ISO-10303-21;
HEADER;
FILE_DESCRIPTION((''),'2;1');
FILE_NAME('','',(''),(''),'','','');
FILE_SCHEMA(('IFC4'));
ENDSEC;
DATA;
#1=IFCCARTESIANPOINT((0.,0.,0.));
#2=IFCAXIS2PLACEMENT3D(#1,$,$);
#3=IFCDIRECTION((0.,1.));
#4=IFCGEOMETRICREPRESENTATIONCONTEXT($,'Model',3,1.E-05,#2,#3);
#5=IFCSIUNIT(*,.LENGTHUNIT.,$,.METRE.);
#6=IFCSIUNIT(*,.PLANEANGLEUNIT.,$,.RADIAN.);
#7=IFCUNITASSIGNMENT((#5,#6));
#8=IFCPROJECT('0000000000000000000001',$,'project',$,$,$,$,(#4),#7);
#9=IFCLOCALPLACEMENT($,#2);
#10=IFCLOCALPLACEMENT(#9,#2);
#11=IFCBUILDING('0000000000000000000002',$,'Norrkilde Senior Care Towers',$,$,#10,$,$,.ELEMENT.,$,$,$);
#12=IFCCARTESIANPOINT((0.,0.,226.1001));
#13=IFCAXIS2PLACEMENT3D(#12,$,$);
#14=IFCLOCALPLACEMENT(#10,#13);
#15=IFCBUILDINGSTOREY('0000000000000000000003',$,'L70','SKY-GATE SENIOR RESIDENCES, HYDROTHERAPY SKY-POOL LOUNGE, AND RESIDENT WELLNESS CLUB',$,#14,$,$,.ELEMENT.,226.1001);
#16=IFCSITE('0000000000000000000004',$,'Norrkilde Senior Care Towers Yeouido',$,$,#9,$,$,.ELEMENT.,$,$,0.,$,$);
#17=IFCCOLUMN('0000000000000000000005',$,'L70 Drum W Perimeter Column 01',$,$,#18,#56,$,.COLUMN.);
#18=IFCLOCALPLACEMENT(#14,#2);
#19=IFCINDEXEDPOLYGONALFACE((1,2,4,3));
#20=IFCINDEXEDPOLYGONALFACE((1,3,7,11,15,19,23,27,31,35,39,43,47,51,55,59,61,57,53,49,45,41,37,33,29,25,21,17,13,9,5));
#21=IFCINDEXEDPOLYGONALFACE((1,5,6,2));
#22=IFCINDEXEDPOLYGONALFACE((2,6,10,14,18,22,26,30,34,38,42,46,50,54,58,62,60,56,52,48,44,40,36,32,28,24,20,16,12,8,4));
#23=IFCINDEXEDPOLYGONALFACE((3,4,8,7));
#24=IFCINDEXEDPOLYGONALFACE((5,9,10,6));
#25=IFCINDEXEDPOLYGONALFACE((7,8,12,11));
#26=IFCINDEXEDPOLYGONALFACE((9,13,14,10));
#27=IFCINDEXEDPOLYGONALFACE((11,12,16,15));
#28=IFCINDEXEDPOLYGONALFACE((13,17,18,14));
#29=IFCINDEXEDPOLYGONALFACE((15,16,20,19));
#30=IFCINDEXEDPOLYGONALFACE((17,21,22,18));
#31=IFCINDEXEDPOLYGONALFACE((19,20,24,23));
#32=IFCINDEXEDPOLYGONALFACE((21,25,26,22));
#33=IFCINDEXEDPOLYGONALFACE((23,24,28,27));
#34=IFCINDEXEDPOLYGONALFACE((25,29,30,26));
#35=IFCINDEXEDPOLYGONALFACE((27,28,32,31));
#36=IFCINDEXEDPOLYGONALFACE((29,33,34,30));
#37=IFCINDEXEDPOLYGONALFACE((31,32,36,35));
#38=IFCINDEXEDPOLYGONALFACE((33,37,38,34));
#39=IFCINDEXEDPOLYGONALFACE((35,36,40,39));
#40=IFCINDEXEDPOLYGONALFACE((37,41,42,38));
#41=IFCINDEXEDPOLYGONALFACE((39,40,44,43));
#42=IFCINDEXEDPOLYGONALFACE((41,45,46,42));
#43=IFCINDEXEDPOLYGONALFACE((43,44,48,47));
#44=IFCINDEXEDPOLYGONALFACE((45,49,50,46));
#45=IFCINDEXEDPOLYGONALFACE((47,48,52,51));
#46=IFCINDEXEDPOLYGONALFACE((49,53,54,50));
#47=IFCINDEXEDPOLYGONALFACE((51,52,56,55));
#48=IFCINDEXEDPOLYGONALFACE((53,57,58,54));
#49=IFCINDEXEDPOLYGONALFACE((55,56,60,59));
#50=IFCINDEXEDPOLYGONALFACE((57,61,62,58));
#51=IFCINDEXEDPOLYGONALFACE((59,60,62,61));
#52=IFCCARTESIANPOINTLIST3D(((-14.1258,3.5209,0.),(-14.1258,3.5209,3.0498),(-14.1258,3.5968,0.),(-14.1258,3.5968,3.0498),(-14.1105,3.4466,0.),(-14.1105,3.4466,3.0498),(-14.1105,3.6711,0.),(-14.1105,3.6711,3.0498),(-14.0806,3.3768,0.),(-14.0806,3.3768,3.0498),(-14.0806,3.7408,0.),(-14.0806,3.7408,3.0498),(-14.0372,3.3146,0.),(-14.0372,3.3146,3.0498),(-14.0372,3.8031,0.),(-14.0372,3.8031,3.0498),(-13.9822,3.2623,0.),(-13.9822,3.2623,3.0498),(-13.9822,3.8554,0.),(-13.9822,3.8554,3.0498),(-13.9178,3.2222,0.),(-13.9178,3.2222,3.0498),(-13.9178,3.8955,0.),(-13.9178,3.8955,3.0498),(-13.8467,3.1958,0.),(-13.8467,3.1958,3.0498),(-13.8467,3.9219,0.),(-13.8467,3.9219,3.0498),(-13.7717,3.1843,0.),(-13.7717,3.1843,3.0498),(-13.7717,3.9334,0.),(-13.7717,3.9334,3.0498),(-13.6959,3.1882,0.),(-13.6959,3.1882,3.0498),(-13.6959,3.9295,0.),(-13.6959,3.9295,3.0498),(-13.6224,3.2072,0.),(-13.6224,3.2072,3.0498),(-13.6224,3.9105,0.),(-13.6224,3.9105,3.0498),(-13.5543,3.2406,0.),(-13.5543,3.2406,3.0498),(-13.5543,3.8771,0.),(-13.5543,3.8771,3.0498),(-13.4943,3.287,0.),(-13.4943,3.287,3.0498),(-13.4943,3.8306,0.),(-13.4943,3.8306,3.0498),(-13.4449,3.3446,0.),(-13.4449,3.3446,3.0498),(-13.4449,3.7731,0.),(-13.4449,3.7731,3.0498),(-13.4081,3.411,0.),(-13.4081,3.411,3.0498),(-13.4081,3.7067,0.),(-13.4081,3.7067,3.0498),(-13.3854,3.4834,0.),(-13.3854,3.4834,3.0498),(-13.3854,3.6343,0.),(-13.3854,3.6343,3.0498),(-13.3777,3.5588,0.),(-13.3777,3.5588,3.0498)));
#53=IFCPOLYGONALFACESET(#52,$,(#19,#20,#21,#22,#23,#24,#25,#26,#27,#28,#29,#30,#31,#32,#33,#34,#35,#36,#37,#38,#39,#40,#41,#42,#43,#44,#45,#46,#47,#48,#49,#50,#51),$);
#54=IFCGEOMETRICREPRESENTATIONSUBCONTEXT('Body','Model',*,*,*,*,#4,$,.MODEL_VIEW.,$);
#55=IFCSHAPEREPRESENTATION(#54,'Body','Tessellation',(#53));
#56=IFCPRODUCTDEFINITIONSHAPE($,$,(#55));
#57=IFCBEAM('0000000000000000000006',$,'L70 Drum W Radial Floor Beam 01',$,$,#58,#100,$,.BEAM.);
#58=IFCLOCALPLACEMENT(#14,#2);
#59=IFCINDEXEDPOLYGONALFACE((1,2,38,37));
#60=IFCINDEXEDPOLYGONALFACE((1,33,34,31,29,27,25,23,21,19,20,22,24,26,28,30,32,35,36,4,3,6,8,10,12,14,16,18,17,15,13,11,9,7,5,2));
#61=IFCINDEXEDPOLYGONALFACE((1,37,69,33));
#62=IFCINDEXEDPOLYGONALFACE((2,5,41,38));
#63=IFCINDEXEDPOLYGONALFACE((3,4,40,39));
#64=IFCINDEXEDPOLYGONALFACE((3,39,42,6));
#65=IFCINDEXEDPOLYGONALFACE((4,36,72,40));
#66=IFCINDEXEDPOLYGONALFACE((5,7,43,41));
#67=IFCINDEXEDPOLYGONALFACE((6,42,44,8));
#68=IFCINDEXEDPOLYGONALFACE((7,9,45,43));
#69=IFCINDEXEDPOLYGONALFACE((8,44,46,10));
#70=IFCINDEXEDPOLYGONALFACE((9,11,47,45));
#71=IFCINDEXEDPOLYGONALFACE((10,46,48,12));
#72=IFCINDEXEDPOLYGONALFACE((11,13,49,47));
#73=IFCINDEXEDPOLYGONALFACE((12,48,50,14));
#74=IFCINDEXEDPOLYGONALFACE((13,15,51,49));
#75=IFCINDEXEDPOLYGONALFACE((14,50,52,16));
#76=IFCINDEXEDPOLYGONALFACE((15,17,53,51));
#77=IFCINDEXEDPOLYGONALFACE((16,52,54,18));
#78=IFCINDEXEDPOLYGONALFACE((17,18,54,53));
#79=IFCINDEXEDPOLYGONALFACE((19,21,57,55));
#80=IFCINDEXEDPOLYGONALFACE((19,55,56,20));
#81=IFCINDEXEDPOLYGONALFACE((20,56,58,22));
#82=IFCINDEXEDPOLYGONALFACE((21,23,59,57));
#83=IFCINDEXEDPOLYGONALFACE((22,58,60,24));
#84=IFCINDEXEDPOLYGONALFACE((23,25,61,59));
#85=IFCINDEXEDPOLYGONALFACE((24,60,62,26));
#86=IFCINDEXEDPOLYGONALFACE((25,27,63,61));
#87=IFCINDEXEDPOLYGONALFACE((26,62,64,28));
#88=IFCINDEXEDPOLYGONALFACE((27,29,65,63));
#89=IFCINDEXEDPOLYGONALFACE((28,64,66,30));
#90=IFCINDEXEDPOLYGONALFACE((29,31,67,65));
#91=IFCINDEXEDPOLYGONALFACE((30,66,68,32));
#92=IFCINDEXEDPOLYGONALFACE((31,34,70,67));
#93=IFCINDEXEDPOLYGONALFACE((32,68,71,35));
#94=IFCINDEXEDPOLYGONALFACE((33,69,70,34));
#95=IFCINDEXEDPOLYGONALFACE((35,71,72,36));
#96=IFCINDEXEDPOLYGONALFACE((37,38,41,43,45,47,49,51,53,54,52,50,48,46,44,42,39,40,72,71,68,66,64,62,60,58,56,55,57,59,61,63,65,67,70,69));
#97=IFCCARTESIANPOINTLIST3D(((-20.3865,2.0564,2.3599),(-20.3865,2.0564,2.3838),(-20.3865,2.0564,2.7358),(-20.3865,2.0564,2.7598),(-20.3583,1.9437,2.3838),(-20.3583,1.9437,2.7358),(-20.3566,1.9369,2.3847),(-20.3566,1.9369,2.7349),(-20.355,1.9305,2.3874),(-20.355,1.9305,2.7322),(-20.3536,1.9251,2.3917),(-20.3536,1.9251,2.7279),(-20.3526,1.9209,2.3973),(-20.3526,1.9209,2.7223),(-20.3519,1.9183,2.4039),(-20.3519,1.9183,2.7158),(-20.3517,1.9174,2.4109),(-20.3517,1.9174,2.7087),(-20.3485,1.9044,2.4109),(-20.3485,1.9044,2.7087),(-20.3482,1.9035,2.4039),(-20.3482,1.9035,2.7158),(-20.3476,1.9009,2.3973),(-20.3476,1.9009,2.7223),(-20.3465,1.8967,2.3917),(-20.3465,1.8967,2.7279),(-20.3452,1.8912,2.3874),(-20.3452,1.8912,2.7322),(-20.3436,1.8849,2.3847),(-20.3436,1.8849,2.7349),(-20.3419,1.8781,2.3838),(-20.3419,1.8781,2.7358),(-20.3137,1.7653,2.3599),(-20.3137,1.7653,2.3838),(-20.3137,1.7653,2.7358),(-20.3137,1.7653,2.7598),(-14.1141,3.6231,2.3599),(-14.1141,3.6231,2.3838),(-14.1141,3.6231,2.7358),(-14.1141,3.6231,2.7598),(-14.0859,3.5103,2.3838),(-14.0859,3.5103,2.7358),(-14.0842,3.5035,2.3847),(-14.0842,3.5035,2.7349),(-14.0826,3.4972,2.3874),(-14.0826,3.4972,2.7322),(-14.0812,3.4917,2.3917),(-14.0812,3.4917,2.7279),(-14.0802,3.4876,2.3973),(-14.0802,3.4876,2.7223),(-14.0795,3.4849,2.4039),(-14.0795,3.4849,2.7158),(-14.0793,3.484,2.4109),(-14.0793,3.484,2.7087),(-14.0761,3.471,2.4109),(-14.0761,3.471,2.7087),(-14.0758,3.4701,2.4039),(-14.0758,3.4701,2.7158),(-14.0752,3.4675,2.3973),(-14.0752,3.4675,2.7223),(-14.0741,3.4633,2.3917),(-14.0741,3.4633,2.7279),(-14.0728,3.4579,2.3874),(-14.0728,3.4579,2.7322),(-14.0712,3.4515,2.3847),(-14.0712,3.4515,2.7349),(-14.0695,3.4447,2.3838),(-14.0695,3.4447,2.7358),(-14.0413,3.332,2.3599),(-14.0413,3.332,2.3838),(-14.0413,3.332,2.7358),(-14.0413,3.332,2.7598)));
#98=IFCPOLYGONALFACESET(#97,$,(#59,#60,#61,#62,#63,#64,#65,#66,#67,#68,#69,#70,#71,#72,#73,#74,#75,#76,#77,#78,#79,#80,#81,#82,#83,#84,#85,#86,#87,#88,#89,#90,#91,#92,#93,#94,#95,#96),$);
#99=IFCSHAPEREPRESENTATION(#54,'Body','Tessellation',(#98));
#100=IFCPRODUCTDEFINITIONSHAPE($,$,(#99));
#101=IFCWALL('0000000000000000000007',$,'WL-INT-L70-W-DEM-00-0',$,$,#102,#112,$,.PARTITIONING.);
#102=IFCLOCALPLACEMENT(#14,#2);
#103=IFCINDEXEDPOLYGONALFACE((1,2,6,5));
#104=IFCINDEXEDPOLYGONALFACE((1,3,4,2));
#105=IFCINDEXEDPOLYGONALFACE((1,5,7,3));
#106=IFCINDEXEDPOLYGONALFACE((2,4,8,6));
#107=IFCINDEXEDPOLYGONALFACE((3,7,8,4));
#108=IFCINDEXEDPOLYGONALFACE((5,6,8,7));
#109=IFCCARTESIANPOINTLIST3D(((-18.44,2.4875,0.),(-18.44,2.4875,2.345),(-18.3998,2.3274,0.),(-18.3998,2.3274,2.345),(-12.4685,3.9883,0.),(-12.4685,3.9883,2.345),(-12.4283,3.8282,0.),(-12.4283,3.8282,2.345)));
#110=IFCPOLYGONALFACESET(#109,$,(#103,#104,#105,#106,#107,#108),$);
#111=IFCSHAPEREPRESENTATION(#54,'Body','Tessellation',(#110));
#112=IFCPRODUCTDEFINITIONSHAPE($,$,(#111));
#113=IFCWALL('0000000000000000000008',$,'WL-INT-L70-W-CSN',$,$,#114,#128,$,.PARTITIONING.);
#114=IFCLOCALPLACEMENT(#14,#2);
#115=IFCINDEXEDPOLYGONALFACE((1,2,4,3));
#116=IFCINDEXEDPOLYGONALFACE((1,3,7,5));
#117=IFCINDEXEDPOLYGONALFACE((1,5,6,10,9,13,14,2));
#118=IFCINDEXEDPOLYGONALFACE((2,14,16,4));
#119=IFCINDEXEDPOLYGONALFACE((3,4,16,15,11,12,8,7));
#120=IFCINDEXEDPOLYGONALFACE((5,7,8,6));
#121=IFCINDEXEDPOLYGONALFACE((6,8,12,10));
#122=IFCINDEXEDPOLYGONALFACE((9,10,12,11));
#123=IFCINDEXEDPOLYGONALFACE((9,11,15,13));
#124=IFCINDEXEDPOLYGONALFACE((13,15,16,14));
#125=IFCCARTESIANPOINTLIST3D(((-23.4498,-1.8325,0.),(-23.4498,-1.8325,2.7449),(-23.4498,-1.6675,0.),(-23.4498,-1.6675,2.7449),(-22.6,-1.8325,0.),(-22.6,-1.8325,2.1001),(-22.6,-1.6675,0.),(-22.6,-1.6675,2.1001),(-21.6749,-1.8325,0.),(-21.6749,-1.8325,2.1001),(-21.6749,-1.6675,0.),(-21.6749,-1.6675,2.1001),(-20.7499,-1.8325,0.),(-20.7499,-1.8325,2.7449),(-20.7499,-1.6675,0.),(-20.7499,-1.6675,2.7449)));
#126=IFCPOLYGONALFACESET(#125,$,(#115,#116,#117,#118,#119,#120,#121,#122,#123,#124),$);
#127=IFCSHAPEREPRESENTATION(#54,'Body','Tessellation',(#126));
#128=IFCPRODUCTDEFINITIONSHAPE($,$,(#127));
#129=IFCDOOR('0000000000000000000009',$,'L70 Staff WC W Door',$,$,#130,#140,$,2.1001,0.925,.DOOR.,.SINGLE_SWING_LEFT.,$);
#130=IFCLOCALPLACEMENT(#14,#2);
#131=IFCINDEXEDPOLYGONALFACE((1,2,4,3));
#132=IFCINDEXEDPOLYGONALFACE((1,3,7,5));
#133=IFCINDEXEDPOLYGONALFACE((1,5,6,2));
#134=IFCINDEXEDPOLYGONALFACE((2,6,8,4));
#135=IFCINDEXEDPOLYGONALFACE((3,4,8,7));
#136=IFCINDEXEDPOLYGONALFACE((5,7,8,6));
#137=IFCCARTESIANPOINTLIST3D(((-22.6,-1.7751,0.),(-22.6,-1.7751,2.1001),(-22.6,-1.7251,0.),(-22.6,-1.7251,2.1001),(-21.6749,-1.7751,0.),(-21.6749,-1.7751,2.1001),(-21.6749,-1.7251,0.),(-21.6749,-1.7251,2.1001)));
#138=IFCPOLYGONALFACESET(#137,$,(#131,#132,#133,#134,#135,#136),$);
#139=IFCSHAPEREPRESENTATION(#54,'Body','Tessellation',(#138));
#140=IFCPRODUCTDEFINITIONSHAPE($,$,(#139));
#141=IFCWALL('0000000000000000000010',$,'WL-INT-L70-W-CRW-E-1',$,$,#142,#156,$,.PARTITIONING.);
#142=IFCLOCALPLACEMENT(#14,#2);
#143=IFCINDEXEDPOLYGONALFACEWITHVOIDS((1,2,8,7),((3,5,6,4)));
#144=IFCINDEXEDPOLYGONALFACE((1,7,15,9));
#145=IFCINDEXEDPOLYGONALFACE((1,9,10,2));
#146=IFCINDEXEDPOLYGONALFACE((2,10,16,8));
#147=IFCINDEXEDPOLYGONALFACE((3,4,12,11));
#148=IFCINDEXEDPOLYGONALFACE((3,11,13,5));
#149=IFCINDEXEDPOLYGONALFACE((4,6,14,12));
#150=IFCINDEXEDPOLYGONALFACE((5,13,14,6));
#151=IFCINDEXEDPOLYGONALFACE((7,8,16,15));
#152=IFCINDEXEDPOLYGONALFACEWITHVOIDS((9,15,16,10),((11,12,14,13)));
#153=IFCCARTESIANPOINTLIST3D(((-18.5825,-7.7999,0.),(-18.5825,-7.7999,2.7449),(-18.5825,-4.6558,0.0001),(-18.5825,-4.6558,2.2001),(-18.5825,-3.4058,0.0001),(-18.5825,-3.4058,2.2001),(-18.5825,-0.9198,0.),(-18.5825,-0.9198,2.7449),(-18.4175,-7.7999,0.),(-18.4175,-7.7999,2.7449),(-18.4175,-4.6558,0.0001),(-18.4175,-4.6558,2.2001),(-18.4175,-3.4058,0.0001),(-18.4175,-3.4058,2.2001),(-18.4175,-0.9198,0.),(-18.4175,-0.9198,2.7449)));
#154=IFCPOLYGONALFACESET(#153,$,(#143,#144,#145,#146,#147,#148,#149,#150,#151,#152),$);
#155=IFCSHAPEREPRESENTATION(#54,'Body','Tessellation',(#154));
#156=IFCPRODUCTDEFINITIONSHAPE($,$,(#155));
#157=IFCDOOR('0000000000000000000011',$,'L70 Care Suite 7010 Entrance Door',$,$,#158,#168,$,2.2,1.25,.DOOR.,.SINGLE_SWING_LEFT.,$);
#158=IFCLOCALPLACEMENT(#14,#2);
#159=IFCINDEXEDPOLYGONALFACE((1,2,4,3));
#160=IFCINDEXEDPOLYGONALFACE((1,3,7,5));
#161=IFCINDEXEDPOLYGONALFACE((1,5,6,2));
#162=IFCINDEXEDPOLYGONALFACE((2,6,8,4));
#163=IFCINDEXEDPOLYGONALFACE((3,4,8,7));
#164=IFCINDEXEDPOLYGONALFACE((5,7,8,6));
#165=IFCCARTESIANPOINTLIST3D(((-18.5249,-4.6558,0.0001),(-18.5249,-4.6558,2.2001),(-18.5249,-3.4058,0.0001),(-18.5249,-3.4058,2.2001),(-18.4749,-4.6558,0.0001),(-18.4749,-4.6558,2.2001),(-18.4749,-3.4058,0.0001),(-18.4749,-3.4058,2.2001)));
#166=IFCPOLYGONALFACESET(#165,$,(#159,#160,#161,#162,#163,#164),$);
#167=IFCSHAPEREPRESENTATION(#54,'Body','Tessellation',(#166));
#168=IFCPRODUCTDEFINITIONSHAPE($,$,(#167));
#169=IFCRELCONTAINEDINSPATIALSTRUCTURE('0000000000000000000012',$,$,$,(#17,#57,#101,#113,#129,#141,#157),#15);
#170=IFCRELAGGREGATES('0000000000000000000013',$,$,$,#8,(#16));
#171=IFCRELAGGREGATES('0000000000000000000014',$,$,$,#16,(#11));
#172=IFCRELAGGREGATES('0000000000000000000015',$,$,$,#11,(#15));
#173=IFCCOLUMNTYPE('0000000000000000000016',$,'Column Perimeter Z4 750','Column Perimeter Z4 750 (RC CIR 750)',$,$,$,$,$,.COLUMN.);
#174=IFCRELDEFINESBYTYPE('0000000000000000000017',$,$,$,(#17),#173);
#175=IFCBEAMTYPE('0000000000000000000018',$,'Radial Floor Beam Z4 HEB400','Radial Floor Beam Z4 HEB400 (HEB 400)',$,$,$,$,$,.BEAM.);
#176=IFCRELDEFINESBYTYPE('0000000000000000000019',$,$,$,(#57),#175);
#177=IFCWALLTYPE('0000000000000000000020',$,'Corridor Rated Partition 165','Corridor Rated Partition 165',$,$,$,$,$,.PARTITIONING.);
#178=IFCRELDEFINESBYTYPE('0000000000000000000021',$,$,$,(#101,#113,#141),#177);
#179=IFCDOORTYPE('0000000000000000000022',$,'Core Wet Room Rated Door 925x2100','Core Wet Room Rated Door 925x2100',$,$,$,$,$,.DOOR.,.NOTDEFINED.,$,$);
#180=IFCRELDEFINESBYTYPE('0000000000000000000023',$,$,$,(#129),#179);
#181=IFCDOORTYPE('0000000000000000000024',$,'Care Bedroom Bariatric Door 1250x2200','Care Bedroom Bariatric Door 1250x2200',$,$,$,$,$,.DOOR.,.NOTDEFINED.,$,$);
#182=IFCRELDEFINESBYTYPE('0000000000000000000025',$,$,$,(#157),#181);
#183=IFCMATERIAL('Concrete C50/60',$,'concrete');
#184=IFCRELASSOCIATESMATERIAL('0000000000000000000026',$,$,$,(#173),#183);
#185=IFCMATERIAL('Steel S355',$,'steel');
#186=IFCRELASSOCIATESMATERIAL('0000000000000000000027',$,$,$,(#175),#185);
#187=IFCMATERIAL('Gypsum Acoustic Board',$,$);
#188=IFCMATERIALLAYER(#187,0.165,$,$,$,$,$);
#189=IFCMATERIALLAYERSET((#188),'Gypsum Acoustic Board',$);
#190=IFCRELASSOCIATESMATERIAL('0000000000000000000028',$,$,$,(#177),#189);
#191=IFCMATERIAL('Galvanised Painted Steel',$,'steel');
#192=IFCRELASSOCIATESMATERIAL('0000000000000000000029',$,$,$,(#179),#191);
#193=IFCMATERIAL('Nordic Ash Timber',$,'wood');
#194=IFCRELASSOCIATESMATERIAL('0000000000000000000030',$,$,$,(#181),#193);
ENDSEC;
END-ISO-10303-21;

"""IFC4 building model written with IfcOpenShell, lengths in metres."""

from ifc_helpers import new_model, si_unit, direction, frame, frame_2d, origin, origin_2d, place, context, subcontext, project, spatial, rectangle, circle, i_section, extrude, source, transform, mapped, material, layer, layer_set, material_profile, profile_set, type_object, type_shapes, element, fill, save


model = new_model("IFC4")

# Units and contexts
model_context = context("Model", 3, precision=1e-05, world=origin(), true_north=direction((0.0, 1.0)))
body_context = subcontext(model_context, "Body", "Model", "MODEL_VIEW")
ifc_project = project(units=[si_unit("LENGTHUNIT", "METRE"), si_unit("PLANEANGLEUNIT", "RADIAN")], contexts=[model_context])

# Site, building, storey
site_placement = place(None, origin())
site = spatial("IfcSite", under=ifc_project, at=site_placement, Name="Norrkilde Senior Care Towers Yeouido", CompositionType="ELEMENT", RefElevation=0.0)
building_placement = place(site_placement, origin())
building = spatial("IfcBuilding", under=site, at=building_placement, Name="Norrkilde Senior Care Towers", CompositionType="ELEMENT")
storey_placement = place(building_placement, frame((0.0, 0.0, 226.1001)))
storey = spatial("IfcBuildingStorey", under=building, at=storey_placement, Name="L70", Description="SKY-GATE SENIOR RESIDENCES, HYDROTHERAPY SKY-POOL LOUNGE, AND RESIDENT WELLNESS CLUB", CompositionType="ELEMENT", Elevation=226.1001)

# Column
ifc_material_1 = material(Name="Concrete C50/60", Category="concrete")
ifc_material_profile_1 = material_profile(ifc_material_1, circle(Radius=0.375, at=origin_2d()), Name="RC CIR 750")
ifc_profile_set_1 = profile_set([ifc_material_profile_1], Name="Concrete C50/60")
column_type = type_object("IfcColumnType", Name="Column Perimeter Z4 750", Description="Column Perimeter Z4 750 (RC CIR 750)", PredefinedType="COLUMN", material=ifc_profile_set_1)
shared_shape_1 = source(origin(), body_context, "Body", "SweptSolid", [
    extrude(circle(Radius=0.375, at=origin_2d()), origin(), (0.0, 0.0, 1.0), 3.0498),
])
type_shapes(column_type, [shared_shape_1])
column_placement = place(storey_placement, frame((-13.7527, 3.5588, 0.0), z_axis=(0.0, 0.0, 1.0), x_axis=(1.0, 0.0, 0.0)))
element("IfcColumn", 1, at=column_placement, inside=storey, type_object=column_type, Name="L70 Drum W Perimeter Column 01", PredefinedType="COLUMN", context=body_context, shape_type="MappedRepresentation", body=[
    mapped(shared_shape_1, transform((0.0, 0.0, 0.0), x_axis=(1.0, 0.0, 0.0), y_axis=(0.0, 1.0, 0.0), z_axis=(0.0, 0.0, 1.0), scale=1.0)),
])

# Beam
ifc_material_2 = material(Name="Steel S355", Category="steel")
ifc_material_profile_2 = material_profile(ifc_material_2, i_section(OverallWidth=0.3, OverallDepth=0.3999, WebThickness=0.0134, FlangeThickness=0.0239, FilletRadius=0.0271, at=origin_2d()), Name="HEB 400")
ifc_profile_set_2 = profile_set([ifc_material_profile_2], Name="Steel S355")
beam_type = type_object("IfcBeamType", Name="Radial Floor Beam Z4 HEB400", Description="Radial Floor Beam Z4 HEB400 (HEB 400)", PredefinedType="BEAM", material=ifc_profile_set_2)
shared_shape_2 = source(origin(), body_context, "Body", "SweptSolid", [
    extrude(i_section(OverallWidth=0.3, OverallDepth=0.3999, WebThickness=0.0134, FlangeThickness=0.0239, FilletRadius=0.0271, at=origin_2d()), origin(), (0.0, 0.0, 1.0), 6.4651),
])
type_shapes(beam_type, [shared_shape_2])
beam_placement = place(storey_placement, frame((-20.3501, 1.9109, 2.5598), z_axis=(0.970196, 0.242322, 0.0), x_axis=(-0.242322, 0.970196, 0.0)))
element("IfcBeam", 2, at=beam_placement, inside=storey, type_object=beam_type, Name="L70 Drum W Radial Floor Beam 01", PredefinedType="BEAM", context=body_context, shape_type="MappedRepresentation", body=[
    mapped(shared_shape_2, transform((0.0, 0.0, 0.0), x_axis=(1.0, 0.0, 0.0), y_axis=(0.0, 1.0, 0.0), z_axis=(0.0, 0.0, 1.0), scale=1.0)),
])

# Wall
ifc_material_3 = material(Name="Gypsum Acoustic Board")
ifc_layer = layer(ifc_material_3, 0.165)
ifc_layer_set = layer_set([ifc_layer], Name="Gypsum Acoustic Board")
wall_type = type_object("IfcWallType", Name="Corridor Rated Partition 165", Description="Corridor Rated Partition 165", PredefinedType="PARTITIONING", material=ifc_layer_set)
shared_shape_3 = source(origin(), body_context, "Body", "SweptSolid", [
    extrude(rectangle(XDim=6.1572, YDim=0.165, at=frame_2d((3.0786, 0.0))), origin(), (0.0, 0.0, 1.0), 2.345),
])
wall_1_placement = place(storey_placement, frame((-18.4199, 2.4075, 0.0), z_axis=(0.0, 0.0, 1.0), x_axis=(0.969841, 0.243739, 0.0)))
element("IfcWall", 3, at=wall_1_placement, inside=storey, type_object=wall_type, Name="WL-INT-L70-W-DEM-00-0", PredefinedType="PARTITIONING", context=body_context, shape_type="MappedRepresentation", body=[
    mapped(shared_shape_3, transform((0.0, 0.0, 0.0), x_axis=(1.0, 0.0, 0.0), y_axis=(0.0, 1.0, 0.0), z_axis=(0.0, 0.0, 1.0), scale=1.0)),
])

# Walls, openings, doors
shared_shape_4 = source(origin(), body_context, "Body", "SweptSolid", [
    extrude(rectangle(XDim=2.7, YDim=0.165, at=frame_2d((1.3501, 0.0))), origin(), (0.0, 0.0, 1.0), 2.7449),
])
wall_2_placement = place(storey_placement, frame((-23.45, -1.75, 0.0), z_axis=(0.0, 0.0, 1.0), x_axis=(1.0, 0.0, 0.0)))
wall_2 = element("IfcWall", 4, at=wall_2_placement, inside=storey, type_object=wall_type, Name="WL-INT-L70-W-CSN", PredefinedType="PARTITIONING", context=body_context, shape_type="MappedRepresentation", body=[
    mapped(shared_shape_4, transform((0.0, 0.0, 0.0), x_axis=(1.0, 0.0, 0.0), y_axis=(0.0, 1.0, 0.0), z_axis=(0.0, 0.0, 1.0), scale=1.0)),
])
opening_1_placement = place(wall_2_placement, frame((0.8501, 0.0, 0.0)))
opening_1 = element("IfcOpeningElement", 5, at=opening_1_placement, cuts=wall_2, PredefinedType="OPENING", context=body_context, shape_type="SweptSolid", body=[
    extrude(rectangle(XDim=0.925, YDim=2.1001, at=frame_2d((0.4624, 1.05))), frame((0.0, 0.0925, 0.0), z_axis=(0.0, -1.0, 0.0), x_axis=(1.0, 0.0, 0.0)), (0.0, 0.0, 1.0), 0.1851),
])
ifc_material_4 = material(Name="Galvanised Painted Steel", Category="steel")
door_type_1 = type_object("IfcDoorType", Name="Core Wet Room Rated Door 925x2100", Description="Core Wet Room Rated Door 925x2100", OperationType="NOTDEFINED", PredefinedType="DOOR", material=ifc_material_4)
shared_shape_5 = source(origin(), body_context, "Body", "SweptSolid", [
    extrude(rectangle(XDim=0.925, YDim=2.1001, at=frame_2d((0.4624, 1.05))), frame((0.0, 0.0249, 0.0), z_axis=(0.0, -1.0, 0.0), x_axis=(1.0, 0.0, 0.0)), (0.0, 0.0, 1.0), 0.05),
])
type_shapes(door_type_1, [shared_shape_5])
door_1_placement = place(opening_1_placement, origin())
door_1 = element("IfcDoor", 6, at=door_1_placement, inside=storey, type_object=door_type_1, Name="L70 Staff WC W Door", OperationType="SINGLE_SWING_LEFT", OverallHeight=2.1001, OverallWidth=0.925, PredefinedType="DOOR", context=body_context, shape_type="MappedRepresentation", body=[
    mapped(shared_shape_5, transform((0.0, 0.0, 0.0), x_axis=(1.0, 0.0, 0.0), y_axis=(0.0, 1.0, 0.0), z_axis=(0.0, 0.0, 1.0), scale=1.0)),
])
fill(opening_1, door_1)
shared_shape_6 = source(origin(), body_context, "Body", "SweptSolid", [
    extrude(rectangle(XDim=6.8801, YDim=0.165, at=frame_2d((3.4399, 0.0))), origin(), (0.0, 0.0, 1.0), 2.7449),
])
wall_3_placement = place(storey_placement, frame((-18.5, -0.9199, 0.0), z_axis=(0.0, 0.0, 1.0), x_axis=(0.0, -1.0, 0.0)))
wall_3 = element("IfcWall", 7, at=wall_3_placement, inside=storey, type_object=wall_type, Name="WL-INT-L70-W-CRW-E-1", PredefinedType="PARTITIONING", context=body_context, shape_type="MappedRepresentation", body=[
    mapped(shared_shape_6, transform((0.0, 0.0, 0.0), x_axis=(1.0, 0.0, 0.0), y_axis=(0.0, 1.0, 0.0), z_axis=(0.0, 0.0, 1.0), scale=1.0)),
])
opening_2_placement = place(wall_3_placement, frame((2.4858, 0.0, 0.0)))
opening_2 = element("IfcOpeningElement", 8, at=opening_2_placement, cuts=wall_3, PredefinedType="OPENING", context=body_context, shape_type="SweptSolid", body=[
    extrude(rectangle(XDim=1.25, YDim=2.2, at=frame_2d((0.625, 1.1001))), frame((0.0, 0.0925, 0.0), z_axis=(0.0, -1.0, 0.0), x_axis=(1.0, 0.0, 0.0)), (0.0, 0.0, 1.0), 0.1851),
])
ifc_material_5 = material(Name="Nordic Ash Timber", Category="wood")
door_type_2 = type_object("IfcDoorType", Name="Care Bedroom Bariatric Door 1250x2200", Description="Care Bedroom Bariatric Door 1250x2200", OperationType="NOTDEFINED", PredefinedType="DOOR", material=ifc_material_5)
shared_shape_7 = source(origin(), body_context, "Body", "SweptSolid", [
    extrude(rectangle(XDim=1.25, YDim=2.2, at=frame_2d((0.625, 1.1001))), frame((0.0, 0.0249, 0.0), z_axis=(0.0, -1.0, 0.0), x_axis=(1.0, 0.0, 0.0)), (0.0, 0.0, 1.0), 0.05),
])
type_shapes(door_type_2, [shared_shape_7])
door_2_placement = place(opening_2_placement, frame((1.25, 0.0, 0.0), z_axis=(0.0, 0.0, 1.0), x_axis=(-1.0, 0.0, 0.0)))
door_2 = element("IfcDoor", 9, at=door_2_placement, inside=storey, type_object=door_type_2, Name="L70 Care Suite 7010 Entrance Door", OperationType="SINGLE_SWING_LEFT", OverallHeight=2.2, OverallWidth=1.25, PredefinedType="DOOR", context=body_context, shape_type="MappedRepresentation", body=[
    mapped(shared_shape_7, transform((0.0, 0.0, 0.0), x_axis=(1.0, 0.0, 0.0), y_axis=(0.0, 1.0, 0.0), z_axis=(0.0, 0.0, 1.0), scale=1.0)),
])
fill(opening_2, door_2)

save(model, "model.ifc")
